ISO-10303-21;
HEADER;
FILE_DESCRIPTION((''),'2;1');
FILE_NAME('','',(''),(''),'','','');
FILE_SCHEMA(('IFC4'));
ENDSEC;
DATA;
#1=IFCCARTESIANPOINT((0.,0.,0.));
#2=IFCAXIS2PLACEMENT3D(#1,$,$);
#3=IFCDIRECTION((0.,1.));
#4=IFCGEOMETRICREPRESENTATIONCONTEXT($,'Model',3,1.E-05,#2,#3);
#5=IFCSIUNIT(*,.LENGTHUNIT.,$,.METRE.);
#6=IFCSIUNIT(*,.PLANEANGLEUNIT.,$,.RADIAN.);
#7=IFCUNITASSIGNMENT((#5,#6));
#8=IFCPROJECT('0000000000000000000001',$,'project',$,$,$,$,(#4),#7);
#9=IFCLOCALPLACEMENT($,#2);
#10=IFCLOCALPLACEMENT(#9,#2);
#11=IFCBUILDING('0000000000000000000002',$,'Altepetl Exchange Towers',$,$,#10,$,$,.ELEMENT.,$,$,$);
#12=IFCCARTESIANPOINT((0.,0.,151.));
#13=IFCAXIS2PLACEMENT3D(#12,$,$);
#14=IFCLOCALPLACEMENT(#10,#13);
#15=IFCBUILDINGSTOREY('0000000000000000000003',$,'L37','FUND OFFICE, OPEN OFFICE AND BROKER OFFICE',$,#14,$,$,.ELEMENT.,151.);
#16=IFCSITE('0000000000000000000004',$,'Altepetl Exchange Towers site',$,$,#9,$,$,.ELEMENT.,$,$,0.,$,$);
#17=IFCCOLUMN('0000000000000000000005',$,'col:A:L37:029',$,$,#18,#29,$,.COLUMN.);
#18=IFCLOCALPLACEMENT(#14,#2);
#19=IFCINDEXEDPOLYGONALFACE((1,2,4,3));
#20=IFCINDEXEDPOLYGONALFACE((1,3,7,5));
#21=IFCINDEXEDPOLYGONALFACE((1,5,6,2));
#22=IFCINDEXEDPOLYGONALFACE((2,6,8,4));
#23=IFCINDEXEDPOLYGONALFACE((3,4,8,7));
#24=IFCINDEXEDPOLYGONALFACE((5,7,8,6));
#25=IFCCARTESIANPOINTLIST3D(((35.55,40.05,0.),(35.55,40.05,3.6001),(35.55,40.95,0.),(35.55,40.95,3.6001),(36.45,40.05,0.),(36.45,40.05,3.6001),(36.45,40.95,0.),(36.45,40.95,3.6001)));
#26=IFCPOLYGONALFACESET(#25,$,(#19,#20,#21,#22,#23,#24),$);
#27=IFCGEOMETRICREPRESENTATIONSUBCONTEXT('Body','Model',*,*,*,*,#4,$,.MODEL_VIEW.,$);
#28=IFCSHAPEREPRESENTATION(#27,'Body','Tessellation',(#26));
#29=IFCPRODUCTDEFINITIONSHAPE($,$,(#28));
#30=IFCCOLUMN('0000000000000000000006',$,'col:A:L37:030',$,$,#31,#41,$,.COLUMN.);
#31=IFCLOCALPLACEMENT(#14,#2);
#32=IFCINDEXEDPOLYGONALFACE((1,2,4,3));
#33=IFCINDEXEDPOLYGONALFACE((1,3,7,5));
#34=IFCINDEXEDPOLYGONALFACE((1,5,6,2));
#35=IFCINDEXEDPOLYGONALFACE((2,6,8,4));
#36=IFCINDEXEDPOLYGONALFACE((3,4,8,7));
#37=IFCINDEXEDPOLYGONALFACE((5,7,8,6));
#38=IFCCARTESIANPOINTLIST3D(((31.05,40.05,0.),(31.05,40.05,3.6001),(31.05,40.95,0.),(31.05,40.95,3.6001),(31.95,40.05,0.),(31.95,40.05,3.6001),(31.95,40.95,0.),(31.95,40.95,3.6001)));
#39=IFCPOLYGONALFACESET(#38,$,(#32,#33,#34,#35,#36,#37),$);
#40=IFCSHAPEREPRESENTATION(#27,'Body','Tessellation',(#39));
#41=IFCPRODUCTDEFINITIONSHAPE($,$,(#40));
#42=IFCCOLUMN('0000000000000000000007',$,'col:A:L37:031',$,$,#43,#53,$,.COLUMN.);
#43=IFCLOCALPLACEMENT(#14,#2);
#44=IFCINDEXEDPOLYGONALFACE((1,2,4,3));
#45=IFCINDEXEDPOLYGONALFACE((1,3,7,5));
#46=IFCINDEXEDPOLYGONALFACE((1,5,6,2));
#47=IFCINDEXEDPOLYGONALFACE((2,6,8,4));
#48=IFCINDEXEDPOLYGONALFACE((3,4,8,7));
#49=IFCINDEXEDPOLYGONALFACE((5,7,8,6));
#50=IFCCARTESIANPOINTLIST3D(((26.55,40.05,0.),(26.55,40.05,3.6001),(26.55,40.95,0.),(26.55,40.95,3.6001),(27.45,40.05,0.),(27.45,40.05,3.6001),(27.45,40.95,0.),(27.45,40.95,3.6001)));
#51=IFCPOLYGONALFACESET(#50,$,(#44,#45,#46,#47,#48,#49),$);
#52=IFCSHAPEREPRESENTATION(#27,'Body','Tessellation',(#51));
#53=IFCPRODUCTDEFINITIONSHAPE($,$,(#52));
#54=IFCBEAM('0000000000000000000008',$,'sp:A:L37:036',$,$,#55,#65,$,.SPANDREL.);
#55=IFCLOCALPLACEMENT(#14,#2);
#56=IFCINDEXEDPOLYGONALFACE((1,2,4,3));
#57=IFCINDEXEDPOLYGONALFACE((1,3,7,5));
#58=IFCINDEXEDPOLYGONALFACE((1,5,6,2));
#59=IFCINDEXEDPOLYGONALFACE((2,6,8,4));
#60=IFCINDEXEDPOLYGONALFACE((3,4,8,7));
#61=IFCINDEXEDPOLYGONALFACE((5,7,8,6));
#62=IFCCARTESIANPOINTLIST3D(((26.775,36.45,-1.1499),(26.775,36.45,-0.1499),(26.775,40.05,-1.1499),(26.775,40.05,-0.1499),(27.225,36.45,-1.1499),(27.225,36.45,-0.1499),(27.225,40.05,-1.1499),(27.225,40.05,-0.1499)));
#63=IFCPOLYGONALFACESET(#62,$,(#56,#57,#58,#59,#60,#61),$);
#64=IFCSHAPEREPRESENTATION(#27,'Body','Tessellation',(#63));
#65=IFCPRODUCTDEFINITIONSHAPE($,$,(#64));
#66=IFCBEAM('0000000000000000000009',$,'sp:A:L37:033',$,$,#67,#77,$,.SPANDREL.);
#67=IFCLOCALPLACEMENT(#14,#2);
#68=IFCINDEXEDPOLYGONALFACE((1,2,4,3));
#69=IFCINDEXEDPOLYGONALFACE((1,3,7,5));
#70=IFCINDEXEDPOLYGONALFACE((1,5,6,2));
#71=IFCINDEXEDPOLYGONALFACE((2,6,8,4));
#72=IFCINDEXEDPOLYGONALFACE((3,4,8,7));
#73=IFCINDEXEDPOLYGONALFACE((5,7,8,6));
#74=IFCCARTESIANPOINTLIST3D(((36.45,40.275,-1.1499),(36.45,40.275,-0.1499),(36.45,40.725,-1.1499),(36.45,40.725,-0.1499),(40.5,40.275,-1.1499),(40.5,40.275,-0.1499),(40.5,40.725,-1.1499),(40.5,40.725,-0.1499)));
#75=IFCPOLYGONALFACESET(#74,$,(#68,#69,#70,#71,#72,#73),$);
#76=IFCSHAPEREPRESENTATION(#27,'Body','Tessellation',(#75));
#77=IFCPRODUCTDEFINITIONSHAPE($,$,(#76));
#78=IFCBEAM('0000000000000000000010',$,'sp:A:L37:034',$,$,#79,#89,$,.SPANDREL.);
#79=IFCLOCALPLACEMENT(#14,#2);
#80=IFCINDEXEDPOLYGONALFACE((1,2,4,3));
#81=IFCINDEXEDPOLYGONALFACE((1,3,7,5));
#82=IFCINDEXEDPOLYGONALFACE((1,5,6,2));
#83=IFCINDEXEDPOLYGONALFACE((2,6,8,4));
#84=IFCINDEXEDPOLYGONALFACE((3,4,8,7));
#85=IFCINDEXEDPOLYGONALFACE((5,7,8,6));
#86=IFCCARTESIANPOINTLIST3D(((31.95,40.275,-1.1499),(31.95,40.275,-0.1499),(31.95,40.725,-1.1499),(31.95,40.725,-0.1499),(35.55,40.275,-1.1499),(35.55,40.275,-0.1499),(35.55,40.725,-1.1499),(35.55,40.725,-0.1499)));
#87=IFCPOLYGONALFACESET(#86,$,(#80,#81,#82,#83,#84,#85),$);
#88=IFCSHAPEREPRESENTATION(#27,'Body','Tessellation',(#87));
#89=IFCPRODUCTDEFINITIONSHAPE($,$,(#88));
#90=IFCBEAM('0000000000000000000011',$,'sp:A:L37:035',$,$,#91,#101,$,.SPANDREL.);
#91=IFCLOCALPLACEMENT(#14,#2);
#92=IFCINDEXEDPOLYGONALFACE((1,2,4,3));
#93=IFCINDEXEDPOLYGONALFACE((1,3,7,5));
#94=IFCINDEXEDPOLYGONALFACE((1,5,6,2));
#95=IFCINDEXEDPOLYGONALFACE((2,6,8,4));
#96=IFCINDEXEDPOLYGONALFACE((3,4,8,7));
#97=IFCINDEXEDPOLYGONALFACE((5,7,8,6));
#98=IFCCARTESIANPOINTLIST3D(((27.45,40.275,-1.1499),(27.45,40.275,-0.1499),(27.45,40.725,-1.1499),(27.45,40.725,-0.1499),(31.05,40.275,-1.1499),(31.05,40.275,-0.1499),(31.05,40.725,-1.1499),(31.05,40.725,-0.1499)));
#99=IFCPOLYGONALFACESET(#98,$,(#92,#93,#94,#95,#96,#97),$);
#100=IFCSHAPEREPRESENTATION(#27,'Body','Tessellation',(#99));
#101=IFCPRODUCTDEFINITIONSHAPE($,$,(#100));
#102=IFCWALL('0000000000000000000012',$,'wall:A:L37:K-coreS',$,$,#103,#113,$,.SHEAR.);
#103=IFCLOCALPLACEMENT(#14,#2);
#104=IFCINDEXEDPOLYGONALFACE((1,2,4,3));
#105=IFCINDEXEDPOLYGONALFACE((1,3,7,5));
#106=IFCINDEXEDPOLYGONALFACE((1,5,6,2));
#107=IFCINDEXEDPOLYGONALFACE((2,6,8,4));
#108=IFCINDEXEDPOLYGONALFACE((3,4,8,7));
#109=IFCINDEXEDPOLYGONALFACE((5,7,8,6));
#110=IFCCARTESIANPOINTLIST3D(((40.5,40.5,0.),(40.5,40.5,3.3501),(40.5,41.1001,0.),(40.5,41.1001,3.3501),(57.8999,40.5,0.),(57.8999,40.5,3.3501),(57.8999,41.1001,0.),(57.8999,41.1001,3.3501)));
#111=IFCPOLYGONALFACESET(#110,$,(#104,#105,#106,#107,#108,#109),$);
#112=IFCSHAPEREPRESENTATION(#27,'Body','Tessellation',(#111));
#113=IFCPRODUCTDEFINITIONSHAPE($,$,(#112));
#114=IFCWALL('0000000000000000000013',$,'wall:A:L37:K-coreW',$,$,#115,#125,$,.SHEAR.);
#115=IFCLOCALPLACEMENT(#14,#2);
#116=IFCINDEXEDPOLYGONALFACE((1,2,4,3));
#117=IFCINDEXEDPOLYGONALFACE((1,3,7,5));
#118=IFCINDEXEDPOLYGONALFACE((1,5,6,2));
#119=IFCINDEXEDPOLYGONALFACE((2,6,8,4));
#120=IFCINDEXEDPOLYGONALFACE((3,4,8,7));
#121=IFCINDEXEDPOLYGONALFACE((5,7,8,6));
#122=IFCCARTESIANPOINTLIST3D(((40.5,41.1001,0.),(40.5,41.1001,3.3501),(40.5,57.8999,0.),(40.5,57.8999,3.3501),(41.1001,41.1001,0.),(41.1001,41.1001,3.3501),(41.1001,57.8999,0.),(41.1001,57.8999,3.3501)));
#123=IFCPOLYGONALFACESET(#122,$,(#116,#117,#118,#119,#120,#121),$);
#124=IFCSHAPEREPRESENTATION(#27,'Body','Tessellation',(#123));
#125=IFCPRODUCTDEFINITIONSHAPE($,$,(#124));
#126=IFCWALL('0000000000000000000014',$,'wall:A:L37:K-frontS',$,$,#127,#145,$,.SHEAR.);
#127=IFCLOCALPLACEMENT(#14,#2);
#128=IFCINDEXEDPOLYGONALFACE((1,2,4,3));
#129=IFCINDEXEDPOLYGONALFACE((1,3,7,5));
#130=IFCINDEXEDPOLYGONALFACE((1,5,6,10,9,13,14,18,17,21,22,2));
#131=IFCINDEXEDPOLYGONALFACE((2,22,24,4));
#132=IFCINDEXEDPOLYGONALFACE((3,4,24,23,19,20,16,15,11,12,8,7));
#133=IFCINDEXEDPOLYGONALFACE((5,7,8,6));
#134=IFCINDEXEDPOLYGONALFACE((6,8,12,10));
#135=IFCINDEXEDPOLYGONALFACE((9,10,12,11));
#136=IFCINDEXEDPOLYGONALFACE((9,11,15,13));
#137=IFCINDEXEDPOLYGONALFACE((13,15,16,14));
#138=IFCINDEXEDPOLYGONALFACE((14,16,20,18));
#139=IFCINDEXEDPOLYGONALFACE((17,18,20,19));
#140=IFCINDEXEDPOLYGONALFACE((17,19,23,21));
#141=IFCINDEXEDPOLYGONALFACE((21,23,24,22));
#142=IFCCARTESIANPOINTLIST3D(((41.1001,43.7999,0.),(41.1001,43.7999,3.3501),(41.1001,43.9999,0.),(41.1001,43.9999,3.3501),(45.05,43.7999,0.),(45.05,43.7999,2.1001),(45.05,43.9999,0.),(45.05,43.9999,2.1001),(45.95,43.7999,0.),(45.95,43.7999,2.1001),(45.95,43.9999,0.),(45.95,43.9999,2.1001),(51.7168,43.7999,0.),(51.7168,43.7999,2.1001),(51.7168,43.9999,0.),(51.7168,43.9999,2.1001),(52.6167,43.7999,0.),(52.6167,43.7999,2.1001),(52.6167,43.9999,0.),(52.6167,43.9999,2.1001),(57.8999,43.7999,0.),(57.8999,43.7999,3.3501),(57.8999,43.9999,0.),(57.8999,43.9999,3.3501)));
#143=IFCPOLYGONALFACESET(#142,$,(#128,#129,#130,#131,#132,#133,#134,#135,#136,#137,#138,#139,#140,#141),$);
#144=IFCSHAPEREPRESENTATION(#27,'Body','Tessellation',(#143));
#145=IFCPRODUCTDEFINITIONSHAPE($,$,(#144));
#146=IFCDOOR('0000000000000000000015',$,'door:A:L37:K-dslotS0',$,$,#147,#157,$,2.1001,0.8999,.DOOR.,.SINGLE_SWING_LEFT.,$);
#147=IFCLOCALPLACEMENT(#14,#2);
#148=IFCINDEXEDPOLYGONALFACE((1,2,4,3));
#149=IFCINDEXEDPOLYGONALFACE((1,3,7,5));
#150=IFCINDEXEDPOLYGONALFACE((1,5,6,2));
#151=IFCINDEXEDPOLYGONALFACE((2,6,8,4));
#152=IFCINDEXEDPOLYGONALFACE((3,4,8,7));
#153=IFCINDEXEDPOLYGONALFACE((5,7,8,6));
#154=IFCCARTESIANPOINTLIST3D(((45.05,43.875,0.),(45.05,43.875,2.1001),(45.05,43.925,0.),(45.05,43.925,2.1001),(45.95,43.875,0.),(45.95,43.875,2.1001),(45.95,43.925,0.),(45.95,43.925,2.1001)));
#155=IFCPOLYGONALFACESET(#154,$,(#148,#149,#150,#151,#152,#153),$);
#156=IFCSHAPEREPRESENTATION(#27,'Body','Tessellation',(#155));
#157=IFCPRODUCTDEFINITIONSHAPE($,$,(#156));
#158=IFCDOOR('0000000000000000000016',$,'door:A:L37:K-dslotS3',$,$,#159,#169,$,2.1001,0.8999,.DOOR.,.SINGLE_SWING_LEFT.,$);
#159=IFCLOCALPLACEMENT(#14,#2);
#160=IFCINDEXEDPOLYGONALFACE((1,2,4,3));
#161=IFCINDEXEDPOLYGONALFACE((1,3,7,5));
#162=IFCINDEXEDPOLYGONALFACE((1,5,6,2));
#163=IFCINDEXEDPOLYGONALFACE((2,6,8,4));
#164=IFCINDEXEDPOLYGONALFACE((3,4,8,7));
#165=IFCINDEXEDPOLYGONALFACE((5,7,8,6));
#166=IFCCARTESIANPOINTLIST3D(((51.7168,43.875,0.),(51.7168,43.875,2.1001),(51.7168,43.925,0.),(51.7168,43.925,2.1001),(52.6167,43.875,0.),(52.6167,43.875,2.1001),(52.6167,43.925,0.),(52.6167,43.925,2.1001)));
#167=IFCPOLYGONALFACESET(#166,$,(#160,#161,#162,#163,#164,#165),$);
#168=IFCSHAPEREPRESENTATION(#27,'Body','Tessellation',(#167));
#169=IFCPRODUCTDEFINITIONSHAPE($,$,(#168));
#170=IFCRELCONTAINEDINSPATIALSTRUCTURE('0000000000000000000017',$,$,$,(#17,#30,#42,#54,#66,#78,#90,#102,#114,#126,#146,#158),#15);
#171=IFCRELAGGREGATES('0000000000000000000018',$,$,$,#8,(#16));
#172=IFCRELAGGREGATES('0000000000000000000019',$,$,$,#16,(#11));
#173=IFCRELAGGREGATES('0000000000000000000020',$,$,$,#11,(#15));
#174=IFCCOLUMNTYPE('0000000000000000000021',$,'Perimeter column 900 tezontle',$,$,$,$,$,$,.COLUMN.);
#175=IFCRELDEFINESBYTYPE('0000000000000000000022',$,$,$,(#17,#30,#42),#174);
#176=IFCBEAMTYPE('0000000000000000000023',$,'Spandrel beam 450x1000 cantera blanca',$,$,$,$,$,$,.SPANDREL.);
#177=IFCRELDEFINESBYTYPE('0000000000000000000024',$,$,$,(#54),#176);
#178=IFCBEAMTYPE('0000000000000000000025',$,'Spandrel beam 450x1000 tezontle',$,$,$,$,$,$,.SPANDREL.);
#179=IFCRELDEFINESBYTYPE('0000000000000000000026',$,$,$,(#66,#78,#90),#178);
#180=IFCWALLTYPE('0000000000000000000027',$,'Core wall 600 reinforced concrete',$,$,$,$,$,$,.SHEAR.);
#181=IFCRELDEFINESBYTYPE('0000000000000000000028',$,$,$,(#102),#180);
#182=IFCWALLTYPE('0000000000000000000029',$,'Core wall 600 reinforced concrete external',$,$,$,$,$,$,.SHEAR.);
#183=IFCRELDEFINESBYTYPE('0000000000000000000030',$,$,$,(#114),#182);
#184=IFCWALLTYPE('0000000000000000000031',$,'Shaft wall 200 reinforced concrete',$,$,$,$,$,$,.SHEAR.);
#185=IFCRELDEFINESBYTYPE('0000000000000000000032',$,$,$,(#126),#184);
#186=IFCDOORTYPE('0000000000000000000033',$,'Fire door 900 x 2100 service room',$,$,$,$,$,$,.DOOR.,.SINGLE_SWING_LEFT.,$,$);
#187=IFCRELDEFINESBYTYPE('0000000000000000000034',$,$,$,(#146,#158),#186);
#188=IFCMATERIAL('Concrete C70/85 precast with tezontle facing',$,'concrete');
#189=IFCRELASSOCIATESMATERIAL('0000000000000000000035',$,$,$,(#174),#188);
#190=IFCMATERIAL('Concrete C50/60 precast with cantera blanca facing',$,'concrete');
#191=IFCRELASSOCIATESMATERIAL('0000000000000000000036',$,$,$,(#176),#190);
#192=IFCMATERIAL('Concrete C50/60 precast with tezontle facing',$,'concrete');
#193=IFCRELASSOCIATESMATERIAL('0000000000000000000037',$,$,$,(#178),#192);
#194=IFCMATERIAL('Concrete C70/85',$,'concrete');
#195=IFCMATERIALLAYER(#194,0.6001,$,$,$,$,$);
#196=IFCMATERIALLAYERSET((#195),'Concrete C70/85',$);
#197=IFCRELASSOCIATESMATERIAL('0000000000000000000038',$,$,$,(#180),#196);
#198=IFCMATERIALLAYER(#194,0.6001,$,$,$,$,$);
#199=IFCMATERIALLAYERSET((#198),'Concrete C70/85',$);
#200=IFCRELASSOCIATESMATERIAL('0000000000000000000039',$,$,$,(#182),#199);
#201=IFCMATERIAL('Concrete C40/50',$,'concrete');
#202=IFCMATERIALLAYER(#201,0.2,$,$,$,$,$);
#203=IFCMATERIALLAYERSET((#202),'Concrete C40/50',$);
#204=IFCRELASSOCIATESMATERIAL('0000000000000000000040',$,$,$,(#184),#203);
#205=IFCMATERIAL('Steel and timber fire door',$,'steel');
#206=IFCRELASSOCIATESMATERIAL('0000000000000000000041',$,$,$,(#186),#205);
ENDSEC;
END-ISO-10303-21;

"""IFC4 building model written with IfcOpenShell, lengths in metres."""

from ifc_helpers import new_model, si_unit, direction, frame, frame_2d, origin, origin_2d, place, context, subcontext, project, spatial, rectangle, extrude, material, layer, layer_set, material_profile, profile_set, type_object, element, fill, save


model = new_model("IFC4")

# Units and contexts
model_context = context("Model", 3, precision=1e-05, world=origin(), true_north=direction((0.0, 1.0)))
body_context = subcontext(model_context, "Body", "Model", "MODEL_VIEW")
ifc_project = project(units=[si_unit("LENGTHUNIT", "METRE"), si_unit("PLANEANGLEUNIT", "RADIAN")], contexts=[model_context])

# Site, building, storey
site_placement = place(None, origin())
site = spatial("IfcSite", under=ifc_project, at=site_placement, Name="Altepetl Exchange Towers site", CompositionType="ELEMENT", RefElevation=0.0)
building_placement = place(site_placement, origin())
building = spatial("IfcBuilding", under=site, at=building_placement, Name="Altepetl Exchange Towers", CompositionType="ELEMENT")
storey_placement = place(building_placement, frame((0.0, 0.0, 151.0)))
storey = spatial("IfcBuildingStorey", under=building, at=storey_placement, Name="L37", Description="FUND OFFICE, OPEN OFFICE AND BROKER OFFICE", CompositionType="ELEMENT", Elevation=151.0)

# Columns
ifc_material_1 = material(Name="Concrete C70/85 precast with tezontle facing", Category="concrete")
ifc_material_profile_1 = material_profile(ifc_material_1, rectangle(XDim=0.8999, YDim=0.8999, at=origin_2d()), Name="900 x 900")
ifc_profile_set_1 = profile_set([ifc_material_profile_1], Name="Concrete C70/85 precast with tezontle facing")
column_type = type_object("IfcColumnType", Name="Perimeter column 900 tezontle", PredefinedType="COLUMN", material=ifc_profile_set_1)
for number, where, name in (
    (1, (36.0, 40.5, 0.0), "col:A:L37:029"),
    (2, (31.5, 40.5, 0.0), "col:A:L37:030"),
    (3, (27.0, 40.5, 0.0), "col:A:L37:031"),
):
    element("IfcColumn", number, at=place(storey_placement, frame(where)), inside=storey, type_object=column_type, Name=name, PredefinedType="COLUMN", context=body_context, shape_type="SweptSolid", body=[
        extrude(rectangle(XDim=0.8999, YDim=0.8999, at=origin_2d()), origin(), (0.0, 0.0, 1.0), 3.6001),
    ])

# Beams
ifc_material_2 = material(Name="Concrete C50/60 precast with cantera blanca facing", Category="concrete")
ifc_material_profile_2 = material_profile(ifc_material_2, rectangle(XDim=0.45, YDim=1.0, at=origin_2d()), Name="450 x 1000")
ifc_profile_set_2 = profile_set([ifc_material_profile_2], Name="Concrete C50/60 precast with cantera blanca facing")
beam_type_1 = type_object("IfcBeamType", Name="Spandrel beam 450x1000 cantera blanca", PredefinedType="SPANDREL", material=ifc_profile_set_2)
beam_1_placement = place(storey_placement, frame((27.0, 40.05, -0.6499), z_axis=(0.0, -1.0, 0.0), x_axis=(1.0, 0.0, 0.0)))
element("IfcBeam", 4, at=beam_1_placement, inside=storey, type_object=beam_type_1, Name="sp:A:L37:036", PredefinedType="SPANDREL", context=body_context, shape_type="SweptSolid", body=[
    extrude(rectangle(XDim=0.45, YDim=1.0, at=origin_2d()), origin(), (0.0, 0.0, 1.0), 3.6001),
])
ifc_material_3 = material(Name="Concrete C50/60 precast with tezontle facing", Category="concrete")
ifc_material_profile_3 = material_profile(ifc_material_3, rectangle(XDim=0.45, YDim=1.0, at=origin_2d()), Name="450 x 1000")
ifc_profile_set_3 = profile_set([ifc_material_profile_3], Name="Concrete C50/60 precast with tezontle facing")
beam_type_2 = type_object("IfcBeamType", Name="Spandrel beam 450x1000 tezontle", PredefinedType="SPANDREL", material=ifc_profile_set_3)
beam_2_placement = place(storey_placement, frame((40.5, 40.5, -0.6499), z_axis=(-1.0, 0.0, 0.0), x_axis=(0.0, -1.0, 0.0)))
element("IfcBeam", 5, at=beam_2_placement, inside=storey, type_object=beam_type_2, Name="sp:A:L37:033", PredefinedType="SPANDREL", context=body_context, shape_type="SweptSolid", body=[
    extrude(rectangle(XDim=0.45, YDim=1.0, at=origin_2d()), origin(), (0.0, 0.0, 1.0), 4.05),
])
for number, where, z_axis, x_axis, name in (
    (6, (35.55, 40.5, -0.6499), (-1.0, 0.0, 0.0), (0.0, -1.0, 0.0), "sp:A:L37:034"),
    (7, (31.05, 40.5, -0.6499), (-1.0, 0.0, 0.0), (0.0, -1.0, 0.0), "sp:A:L37:035"),
):
    element("IfcBeam", number, at=place(storey_placement, frame(where, z_axis=z_axis, x_axis=x_axis)), inside=storey, type_object=beam_type_2, Name=name, PredefinedType="SPANDREL", context=body_context, shape_type="SweptSolid", body=[
        extrude(rectangle(XDim=0.45, YDim=1.0, at=origin_2d()), origin(), (0.0, 0.0, 1.0), 3.6001),
    ])

# Walls
ifc_material_4 = material(Name="Concrete C70/85", Category="concrete")
ifc_layer_1 = layer(ifc_material_4, 0.6001)
ifc_layer_set_1 = layer_set([ifc_layer_1], Name="Concrete C70/85")
wall_type_1 = type_object("IfcWallType", Name="Core wall 600 reinforced concrete", PredefinedType="SHEAR", material=ifc_layer_set_1)
wall_1_placement = place(storey_placement, frame((40.5, 40.8, 0.0)))
element("IfcWall", 8, at=wall_1_placement, inside=storey, type_object=wall_type_1, Name="wall:A:L37:K-coreS", PredefinedType="SHEAR", context=body_context, shape_type="SweptSolid", body=[
    extrude(rectangle(XDim=17.3999, YDim=0.6001, at=frame_2d((8.7, 0.0))), origin(), (0.0, 0.0, 1.0), 3.3501),
])
ifc_layer_2 = layer(ifc_material_4, 0.6001)
ifc_layer_set_2 = layer_set([ifc_layer_2], Name="Concrete C70/85")
wall_type_2 = type_object("IfcWallType", Name="Core wall 600 reinforced concrete external", PredefinedType="SHEAR", material=ifc_layer_set_2)
wall_2_placement = place(storey_placement, frame((40.8, 41.1001, 0.0), z_axis=(0.0, 0.0, 1.0), x_axis=(0.0, 1.0, 0.0)))
element("IfcWall", 9, at=wall_2_placement, inside=storey, type_object=wall_type_2, Name="wall:A:L37:K-coreW", PredefinedType="SHEAR", context=body_context, shape_type="SweptSolid", body=[
    extrude(rectangle(XDim=16.7998, YDim=0.6001, at=frame_2d((8.3999, 0.0))), origin(), (0.0, 0.0, 1.0), 3.3501),
])

# Wall, openings, doors
ifc_material_5 = material(Name="Concrete C40/50", Category="concrete")
ifc_layer_3 = layer(ifc_material_5, 0.2)
ifc_layer_set_3 = layer_set([ifc_layer_3], Name="Concrete C40/50")
wall_type_3 = type_object("IfcWallType", Name="Shaft wall 200 reinforced concrete", PredefinedType="SHEAR", material=ifc_layer_set_3)
wall_3_placement = place(storey_placement, frame((41.1001, 43.8999, 0.0)))
wall_3 = element("IfcWall", 10, at=wall_3_placement, inside=storey, type_object=wall_type_3, Name="wall:A:L37:K-frontS", PredefinedType="SHEAR", context=body_context, shape_type="SweptSolid", body=[
    extrude(rectangle(XDim=16.7998, YDim=0.2, at=frame_2d((8.3999, 0.0))), origin(), (0.0, 0.0, 1.0), 3.3501),
])
opening_1_placement = place(wall_3_placement, frame((3.95, 0.0, 0.0)))
opening_1 = element("IfcOpeningElement", 11, at=opening_1_placement, cuts=wall_3, PredefinedType="OPENING", context=body_context, shape_type="SweptSolid", body=[
    extrude(rectangle(XDim=0.8999, YDim=2.1001, at=frame_2d((0.45, 1.05))), frame((0.0, 0.1099, 0.0), z_axis=(0.0, -1.0, 0.0), x_axis=(1.0, 0.0, 0.0)), (0.0, 0.0, 1.0), 0.22),
])
opening_2_placement = place(wall_3_placement, frame((10.6167, 0.0, 0.0)))
opening_2 = element("IfcOpeningElement", 12, at=opening_2_placement, cuts=wall_3, PredefinedType="OPENING", context=body_context, shape_type="SweptSolid", body=[
    extrude(rectangle(XDim=0.8999, YDim=2.1001, at=frame_2d((0.45, 1.05))), frame((0.0, 0.1099, 0.0), z_axis=(0.0, -1.0, 0.0), x_axis=(1.0, 0.0, 0.0)), (0.0, 0.0, 1.0), 0.22),
])
ifc_material_6 = material(Name="Steel and timber fire door", Category="steel")
door_type_1 = type_object("IfcDoorType", Name="Fire door 900 x 2100 service room", OperationType="SINGLE_SWING_LEFT", PredefinedType="DOOR", material=ifc_material_6)
door_1_placement = place(opening_1_placement, frame((0.8999, 0.0, 0.0), x_axis=(-1.0, 0.0, 0.0)))
door_1 = element("IfcDoor", 13, at=door_1_placement, inside=storey, type_object=door_type_1, Name="door:A:L37:K-dslotS0", OperationType="SINGLE_SWING_LEFT", OverallHeight=2.1001, OverallWidth=0.8999, PredefinedType="DOOR", context=body_context, shape_type="SweptSolid", body=[
    extrude(rectangle(XDim=0.8999, YDim=2.1001, at=frame_2d((0.45, 1.05))), frame((0.0, 0.0249, 0.0), z_axis=(0.0, -1.0, 0.0), x_axis=(1.0, 0.0, 0.0)), (0.0, 0.0, 1.0), 0.05),
])
fill(opening_1, door_1)
door_2_placement = place(opening_2_placement, frame((0.8999, 0.0, 0.0), x_axis=(-1.0, 0.0, 0.0)))
door_2 = element("IfcDoor", 14, at=door_2_placement, inside=storey, type_object=door_type_1, Name="door:A:L37:K-dslotS3", OperationType="SINGLE_SWING_LEFT", OverallHeight=2.1001, OverallWidth=0.8999, PredefinedType="DOOR", context=body_context, shape_type="SweptSolid", body=[
    extrude(rectangle(XDim=0.8999, YDim=2.1001, at=frame_2d((0.45, 1.05))), frame((0.0, 0.0249, 0.0), z_axis=(0.0, -1.0, 0.0), x_axis=(1.0, 0.0, 0.0)), (0.0, 0.0, 1.0), 0.05),
])
fill(opening_2, door_2)

save(model, "model.ifc")
